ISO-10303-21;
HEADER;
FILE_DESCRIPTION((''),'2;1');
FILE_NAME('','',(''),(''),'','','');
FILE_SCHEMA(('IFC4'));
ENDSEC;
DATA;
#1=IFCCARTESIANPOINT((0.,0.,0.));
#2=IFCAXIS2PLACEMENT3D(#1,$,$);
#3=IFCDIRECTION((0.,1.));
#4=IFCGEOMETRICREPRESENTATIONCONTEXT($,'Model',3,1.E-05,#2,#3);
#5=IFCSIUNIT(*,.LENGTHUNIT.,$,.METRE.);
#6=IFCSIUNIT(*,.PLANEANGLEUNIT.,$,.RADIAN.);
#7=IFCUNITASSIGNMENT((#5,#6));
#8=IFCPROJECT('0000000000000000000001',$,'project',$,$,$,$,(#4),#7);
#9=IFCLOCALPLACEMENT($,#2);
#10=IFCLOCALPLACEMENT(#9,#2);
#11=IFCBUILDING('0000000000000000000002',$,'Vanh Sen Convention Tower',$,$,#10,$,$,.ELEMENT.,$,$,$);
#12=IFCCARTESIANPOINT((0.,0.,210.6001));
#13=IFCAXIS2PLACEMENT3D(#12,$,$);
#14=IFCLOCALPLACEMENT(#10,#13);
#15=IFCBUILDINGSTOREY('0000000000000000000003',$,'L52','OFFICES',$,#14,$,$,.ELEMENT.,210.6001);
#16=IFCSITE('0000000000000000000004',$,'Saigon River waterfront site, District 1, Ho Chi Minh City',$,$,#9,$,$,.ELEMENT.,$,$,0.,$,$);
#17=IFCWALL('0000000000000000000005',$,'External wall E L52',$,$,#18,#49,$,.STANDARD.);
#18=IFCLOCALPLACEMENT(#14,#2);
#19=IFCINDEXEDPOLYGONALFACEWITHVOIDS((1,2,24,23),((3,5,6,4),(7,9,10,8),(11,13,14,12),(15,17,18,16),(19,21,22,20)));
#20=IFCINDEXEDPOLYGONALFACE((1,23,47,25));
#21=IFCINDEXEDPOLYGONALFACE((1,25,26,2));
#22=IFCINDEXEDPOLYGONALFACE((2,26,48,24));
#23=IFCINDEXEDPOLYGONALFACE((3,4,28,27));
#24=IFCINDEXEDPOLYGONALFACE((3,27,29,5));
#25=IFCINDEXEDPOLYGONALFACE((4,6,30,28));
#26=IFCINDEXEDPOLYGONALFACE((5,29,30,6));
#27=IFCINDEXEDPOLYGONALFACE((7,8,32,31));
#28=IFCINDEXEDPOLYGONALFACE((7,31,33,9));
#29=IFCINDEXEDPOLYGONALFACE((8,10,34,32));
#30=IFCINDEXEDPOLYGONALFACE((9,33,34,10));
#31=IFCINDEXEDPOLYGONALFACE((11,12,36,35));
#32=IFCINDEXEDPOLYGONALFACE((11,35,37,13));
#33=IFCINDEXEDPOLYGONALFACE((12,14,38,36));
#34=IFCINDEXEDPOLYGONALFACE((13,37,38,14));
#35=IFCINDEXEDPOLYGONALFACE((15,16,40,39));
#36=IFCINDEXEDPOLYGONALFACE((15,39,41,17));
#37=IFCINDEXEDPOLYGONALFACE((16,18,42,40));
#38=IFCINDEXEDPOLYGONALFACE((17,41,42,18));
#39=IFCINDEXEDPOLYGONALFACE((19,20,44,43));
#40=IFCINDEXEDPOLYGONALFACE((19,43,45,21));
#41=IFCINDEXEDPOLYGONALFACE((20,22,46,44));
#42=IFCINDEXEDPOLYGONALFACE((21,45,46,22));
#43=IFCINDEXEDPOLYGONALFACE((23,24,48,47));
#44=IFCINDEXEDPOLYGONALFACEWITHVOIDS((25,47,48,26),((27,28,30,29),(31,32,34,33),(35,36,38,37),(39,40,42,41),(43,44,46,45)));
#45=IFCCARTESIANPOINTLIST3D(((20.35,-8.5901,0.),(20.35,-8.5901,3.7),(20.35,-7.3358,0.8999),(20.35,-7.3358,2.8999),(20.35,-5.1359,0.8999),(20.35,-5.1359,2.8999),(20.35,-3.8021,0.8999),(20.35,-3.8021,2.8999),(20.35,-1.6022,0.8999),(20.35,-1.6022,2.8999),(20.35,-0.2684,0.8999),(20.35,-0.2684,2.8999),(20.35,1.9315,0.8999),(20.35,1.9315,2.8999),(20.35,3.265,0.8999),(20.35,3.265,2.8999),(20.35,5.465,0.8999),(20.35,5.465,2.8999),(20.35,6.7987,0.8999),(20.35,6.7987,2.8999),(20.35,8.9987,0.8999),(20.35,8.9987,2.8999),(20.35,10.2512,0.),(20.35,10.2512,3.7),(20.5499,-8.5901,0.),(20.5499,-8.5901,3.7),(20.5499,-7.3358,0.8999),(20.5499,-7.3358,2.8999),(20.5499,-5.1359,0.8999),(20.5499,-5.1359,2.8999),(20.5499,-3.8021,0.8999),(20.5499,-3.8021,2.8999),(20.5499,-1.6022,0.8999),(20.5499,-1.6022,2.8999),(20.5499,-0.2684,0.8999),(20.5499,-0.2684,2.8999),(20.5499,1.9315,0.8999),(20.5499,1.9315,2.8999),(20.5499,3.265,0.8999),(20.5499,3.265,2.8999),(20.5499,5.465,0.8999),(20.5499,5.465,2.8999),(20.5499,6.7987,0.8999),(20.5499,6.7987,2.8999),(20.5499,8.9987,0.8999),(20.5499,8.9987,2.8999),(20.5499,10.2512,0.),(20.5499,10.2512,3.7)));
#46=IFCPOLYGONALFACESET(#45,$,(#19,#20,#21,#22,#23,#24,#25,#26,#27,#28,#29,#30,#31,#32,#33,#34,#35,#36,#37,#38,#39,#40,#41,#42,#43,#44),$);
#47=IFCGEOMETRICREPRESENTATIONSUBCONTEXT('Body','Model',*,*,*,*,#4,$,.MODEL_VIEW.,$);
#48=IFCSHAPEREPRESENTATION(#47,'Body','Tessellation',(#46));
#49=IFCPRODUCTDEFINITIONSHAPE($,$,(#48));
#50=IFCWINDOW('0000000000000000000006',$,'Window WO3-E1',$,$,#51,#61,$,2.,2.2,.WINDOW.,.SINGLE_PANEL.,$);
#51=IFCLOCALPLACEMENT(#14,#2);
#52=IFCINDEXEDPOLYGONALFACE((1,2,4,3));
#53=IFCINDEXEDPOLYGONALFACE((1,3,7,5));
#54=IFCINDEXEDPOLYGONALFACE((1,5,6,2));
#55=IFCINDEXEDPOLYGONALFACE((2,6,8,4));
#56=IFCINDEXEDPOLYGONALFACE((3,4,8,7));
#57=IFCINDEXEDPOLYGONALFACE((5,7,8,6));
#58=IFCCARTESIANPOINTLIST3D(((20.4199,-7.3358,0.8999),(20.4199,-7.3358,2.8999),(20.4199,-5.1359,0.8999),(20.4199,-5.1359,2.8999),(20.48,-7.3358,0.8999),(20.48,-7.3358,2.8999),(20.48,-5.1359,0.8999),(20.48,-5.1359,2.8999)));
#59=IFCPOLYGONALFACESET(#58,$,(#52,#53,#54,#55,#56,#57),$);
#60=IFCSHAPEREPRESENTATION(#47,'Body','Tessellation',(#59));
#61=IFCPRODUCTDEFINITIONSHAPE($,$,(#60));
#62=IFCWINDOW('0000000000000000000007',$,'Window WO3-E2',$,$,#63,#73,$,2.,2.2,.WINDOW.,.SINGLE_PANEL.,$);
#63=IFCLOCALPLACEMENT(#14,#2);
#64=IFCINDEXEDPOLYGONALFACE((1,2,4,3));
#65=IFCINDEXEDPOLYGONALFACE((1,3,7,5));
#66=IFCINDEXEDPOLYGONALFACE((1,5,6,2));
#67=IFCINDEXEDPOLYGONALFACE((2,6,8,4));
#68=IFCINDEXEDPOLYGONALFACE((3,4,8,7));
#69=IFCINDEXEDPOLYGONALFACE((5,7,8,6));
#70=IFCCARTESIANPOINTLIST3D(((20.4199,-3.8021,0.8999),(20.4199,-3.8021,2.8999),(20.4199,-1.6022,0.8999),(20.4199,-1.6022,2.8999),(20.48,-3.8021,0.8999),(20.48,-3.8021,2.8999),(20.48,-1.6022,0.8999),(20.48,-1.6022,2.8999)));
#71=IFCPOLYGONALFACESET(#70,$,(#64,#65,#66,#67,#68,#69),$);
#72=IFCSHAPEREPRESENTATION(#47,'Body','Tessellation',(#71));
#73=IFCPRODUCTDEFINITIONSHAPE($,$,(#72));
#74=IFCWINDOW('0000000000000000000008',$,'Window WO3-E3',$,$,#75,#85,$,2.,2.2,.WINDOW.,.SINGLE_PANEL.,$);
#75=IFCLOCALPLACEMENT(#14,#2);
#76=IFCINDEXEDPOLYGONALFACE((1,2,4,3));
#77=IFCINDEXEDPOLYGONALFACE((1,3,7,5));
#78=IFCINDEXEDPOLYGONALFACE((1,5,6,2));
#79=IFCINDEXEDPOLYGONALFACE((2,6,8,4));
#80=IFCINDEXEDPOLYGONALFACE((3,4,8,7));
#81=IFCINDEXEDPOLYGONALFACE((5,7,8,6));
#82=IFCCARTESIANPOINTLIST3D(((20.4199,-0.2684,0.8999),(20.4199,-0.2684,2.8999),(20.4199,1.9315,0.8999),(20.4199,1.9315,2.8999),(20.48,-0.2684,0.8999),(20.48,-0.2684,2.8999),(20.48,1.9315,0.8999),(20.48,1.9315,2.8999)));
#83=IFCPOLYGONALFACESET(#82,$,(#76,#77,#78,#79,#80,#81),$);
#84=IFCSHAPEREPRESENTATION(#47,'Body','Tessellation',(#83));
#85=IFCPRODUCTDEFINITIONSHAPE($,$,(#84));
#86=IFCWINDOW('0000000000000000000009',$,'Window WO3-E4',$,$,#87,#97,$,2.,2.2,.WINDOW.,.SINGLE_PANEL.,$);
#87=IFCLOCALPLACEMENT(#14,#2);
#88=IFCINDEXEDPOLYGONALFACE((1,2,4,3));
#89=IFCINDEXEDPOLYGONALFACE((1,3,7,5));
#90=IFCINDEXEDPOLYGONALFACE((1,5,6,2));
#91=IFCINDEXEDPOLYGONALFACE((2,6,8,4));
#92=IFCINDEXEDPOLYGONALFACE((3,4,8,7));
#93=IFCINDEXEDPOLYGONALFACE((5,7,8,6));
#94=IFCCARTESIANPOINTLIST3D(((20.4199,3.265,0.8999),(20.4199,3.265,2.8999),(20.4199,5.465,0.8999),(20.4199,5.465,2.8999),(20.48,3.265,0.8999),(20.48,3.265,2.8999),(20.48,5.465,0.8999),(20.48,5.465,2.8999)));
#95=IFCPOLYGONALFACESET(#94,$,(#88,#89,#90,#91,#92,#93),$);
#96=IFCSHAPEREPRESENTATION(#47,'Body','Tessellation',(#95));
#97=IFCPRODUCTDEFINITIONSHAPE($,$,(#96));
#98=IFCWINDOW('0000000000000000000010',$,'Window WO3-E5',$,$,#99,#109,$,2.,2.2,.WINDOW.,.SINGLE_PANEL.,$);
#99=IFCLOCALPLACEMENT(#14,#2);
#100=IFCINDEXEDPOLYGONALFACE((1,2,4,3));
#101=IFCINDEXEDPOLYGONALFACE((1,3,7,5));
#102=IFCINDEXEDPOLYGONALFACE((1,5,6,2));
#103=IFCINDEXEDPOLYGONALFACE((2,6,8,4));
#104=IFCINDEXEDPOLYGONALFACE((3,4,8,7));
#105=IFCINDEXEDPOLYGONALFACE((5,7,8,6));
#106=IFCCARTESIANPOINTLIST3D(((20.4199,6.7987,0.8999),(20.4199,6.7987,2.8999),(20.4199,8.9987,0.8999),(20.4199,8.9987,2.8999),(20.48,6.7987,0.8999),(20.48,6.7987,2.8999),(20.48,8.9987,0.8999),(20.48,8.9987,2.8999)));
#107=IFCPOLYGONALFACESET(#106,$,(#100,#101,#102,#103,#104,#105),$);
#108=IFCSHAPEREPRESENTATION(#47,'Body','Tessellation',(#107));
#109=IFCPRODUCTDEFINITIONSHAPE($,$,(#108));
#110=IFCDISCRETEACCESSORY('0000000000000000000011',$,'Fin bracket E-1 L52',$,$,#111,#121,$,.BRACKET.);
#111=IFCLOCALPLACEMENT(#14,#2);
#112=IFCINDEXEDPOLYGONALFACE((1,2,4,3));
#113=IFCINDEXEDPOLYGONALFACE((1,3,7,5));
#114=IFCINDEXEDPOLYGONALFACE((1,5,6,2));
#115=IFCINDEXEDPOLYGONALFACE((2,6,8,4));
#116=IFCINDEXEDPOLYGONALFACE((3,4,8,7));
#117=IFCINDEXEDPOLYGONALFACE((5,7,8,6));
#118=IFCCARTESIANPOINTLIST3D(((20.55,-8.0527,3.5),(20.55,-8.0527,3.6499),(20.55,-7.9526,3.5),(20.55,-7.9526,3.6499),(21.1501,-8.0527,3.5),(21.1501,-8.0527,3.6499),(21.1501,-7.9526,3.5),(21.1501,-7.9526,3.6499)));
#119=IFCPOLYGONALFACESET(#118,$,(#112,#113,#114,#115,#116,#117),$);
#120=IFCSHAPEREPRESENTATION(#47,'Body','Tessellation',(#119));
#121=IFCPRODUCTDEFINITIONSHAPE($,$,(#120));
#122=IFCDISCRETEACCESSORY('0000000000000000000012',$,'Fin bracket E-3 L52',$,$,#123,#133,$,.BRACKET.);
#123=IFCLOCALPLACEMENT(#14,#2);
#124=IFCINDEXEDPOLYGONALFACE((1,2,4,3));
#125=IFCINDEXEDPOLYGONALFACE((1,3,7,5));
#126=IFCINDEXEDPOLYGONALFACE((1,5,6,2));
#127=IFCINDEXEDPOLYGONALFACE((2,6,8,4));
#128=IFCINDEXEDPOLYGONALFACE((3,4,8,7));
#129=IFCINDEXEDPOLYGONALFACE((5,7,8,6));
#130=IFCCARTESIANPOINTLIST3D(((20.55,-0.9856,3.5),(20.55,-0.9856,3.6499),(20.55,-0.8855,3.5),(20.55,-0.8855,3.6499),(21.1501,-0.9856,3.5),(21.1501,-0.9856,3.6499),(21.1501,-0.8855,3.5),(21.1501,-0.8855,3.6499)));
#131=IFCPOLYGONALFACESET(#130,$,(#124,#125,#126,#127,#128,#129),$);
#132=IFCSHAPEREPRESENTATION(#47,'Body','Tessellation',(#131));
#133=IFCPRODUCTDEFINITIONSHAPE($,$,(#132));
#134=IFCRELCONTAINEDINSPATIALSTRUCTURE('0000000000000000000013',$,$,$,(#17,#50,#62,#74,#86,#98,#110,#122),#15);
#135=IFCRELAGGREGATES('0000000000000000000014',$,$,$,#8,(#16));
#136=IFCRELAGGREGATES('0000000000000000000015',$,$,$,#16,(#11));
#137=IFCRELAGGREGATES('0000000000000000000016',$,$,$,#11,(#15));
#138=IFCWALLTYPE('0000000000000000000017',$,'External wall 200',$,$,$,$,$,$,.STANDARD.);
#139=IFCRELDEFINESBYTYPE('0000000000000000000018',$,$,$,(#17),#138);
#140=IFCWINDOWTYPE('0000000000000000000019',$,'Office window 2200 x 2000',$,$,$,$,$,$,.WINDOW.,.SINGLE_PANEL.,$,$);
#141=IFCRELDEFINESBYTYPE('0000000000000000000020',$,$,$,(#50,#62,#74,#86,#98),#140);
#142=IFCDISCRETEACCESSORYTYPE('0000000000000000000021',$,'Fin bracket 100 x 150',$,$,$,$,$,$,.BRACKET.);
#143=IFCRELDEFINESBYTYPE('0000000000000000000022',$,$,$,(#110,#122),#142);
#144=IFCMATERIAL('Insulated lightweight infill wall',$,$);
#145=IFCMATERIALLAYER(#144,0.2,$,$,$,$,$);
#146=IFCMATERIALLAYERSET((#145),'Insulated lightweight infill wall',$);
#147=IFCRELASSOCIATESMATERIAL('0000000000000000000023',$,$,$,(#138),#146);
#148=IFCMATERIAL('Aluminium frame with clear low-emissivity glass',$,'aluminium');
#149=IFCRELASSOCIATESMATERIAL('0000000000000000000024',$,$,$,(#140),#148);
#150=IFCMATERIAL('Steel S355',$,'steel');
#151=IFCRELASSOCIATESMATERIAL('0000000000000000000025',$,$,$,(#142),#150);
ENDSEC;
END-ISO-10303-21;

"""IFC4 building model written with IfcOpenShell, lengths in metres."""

from ifc_helpers import new_model, si_unit, direction, frame, frame_2d, origin, origin_2d, place, context, subcontext, project, spatial, rectangle, extrude, material, layer, layer_set, type_object, element, fill, save


model = new_model("IFC4")

# Units and contexts
model_context = context("Model", 3, precision=1e-05, world=origin(), true_north=direction((0.0, 1.0)))
body_context = subcontext(model_context, "Body", "Model", "MODEL_VIEW")
ifc_project = project(units=[si_unit("LENGTHUNIT", "METRE"), si_unit("PLANEANGLEUNIT", "RADIAN")], contexts=[model_context])

# Site, building, storey
site_placement = place(None, origin())
site = spatial("IfcSite", under=ifc_project, at=site_placement, Name="Saigon River waterfront site, District 1, Ho Chi Minh City", CompositionType="ELEMENT", RefElevation=0.0)
building_placement = place(site_placement, origin())
building = spatial("IfcBuilding", under=site, at=building_placement, Name="Vanh Sen Convention Tower", CompositionType="ELEMENT")
storey_placement = place(building_placement, frame((0.0, 0.0, 210.6001)))
storey = spatial("IfcBuildingStorey", under=building, at=storey_placement, Name="L52", Description="OFFICES", CompositionType="ELEMENT", Elevation=210.6001)

# Wall, openings, windows
ifc_material_1 = material(Name="Insulated lightweight infill wall")
ifc_layer_1 = layer(ifc_material_1, 0.2)
ifc_layer_set_1 = layer_set([ifc_layer_1], Name="Insulated lightweight infill wall")
wall_type_1 = type_object("IfcWallType", Name="External wall 200", PredefinedType="STANDARD", material=ifc_layer_set_1)
wall_1_placement = place(storey_placement, frame((20.45, -8.5901, 0.0), z_axis=(0.0, 0.0, 1.0), x_axis=(0.0, 1.0, 0.0)))
wall_1 = element("IfcWall", 1, at=wall_1_placement, inside=storey, type_object=wall_type_1, Name="External wall E L52", PredefinedType="STANDARD", context=body_context, shape_type="SweptSolid", body=[
    extrude(rectangle(XDim=18.8413, YDim=0.2, at=frame_2d((9.4207, 0.0))), origin(), (0.0, 0.0, 1.0), 3.7),
])
opening_1_placement = place(wall_1_placement, frame((1.2542, 0.0, 0.8999)))
opening_1 = element("IfcOpeningElement", 2, at=opening_1_placement, cuts=wall_1, PredefinedType="OPENING", context=body_context, shape_type="SweptSolid", body=[
    extrude(rectangle(XDim=2.2, YDim=2.0, at=frame_2d((1.1001, 1.0))), frame((0.0, 0.1099, 0.0), z_axis=(0.0, -1.0, 0.0), x_axis=(1.0, 0.0, 0.0)), (0.0, 0.0, 1.0), 0.22),
])
opening_2_placement = place(wall_1_placement, frame((4.7878, 0.0, 0.8999)))
opening_2 = element("IfcOpeningElement", 3, at=opening_2_placement, cuts=wall_1, PredefinedType="OPENING", context=body_context, shape_type="SweptSolid", body=[
    extrude(rectangle(XDim=2.2, YDim=2.0, at=frame_2d((1.1001, 1.0))), frame((0.0, 0.1099, 0.0), z_axis=(0.0, -1.0, 0.0), x_axis=(1.0, 0.0, 0.0)), (0.0, 0.0, 1.0), 0.22),
])
opening_3_placement = place(wall_1_placement, frame((8.3215, 0.0, 0.8999)))
opening_3 = element("IfcOpeningElement", 4, at=opening_3_placement, cuts=wall_1, PredefinedType="OPENING", context=body_context, shape_type="SweptSolid", body=[
    extrude(rectangle(XDim=2.2, YDim=2.0, at=frame_2d((1.1001, 1.0))), frame((0.0, 0.1099, 0.0), z_axis=(0.0, -1.0, 0.0), x_axis=(1.0, 0.0, 0.0)), (0.0, 0.0, 1.0), 0.22),
])
opening_4_placement = place(wall_1_placement, frame((11.855, 0.0, 0.8999)))
opening_4 = element("IfcOpeningElement", 5, at=opening_4_placement, cuts=wall_1, PredefinedType="OPENING", context=body_context, shape_type="SweptSolid", body=[
    extrude(rectangle(XDim=2.2, YDim=2.0, at=frame_2d((1.1001, 1.0))), frame((0.0, 0.1099, 0.0), z_axis=(0.0, -1.0, 0.0), x_axis=(1.0, 0.0, 0.0)), (0.0, 0.0, 1.0), 0.22),
])
opening_5_placement = place(wall_1_placement, frame((15.3887, 0.0, 0.8999)))
opening_5 = element("IfcOpeningElement", 6, at=opening_5_placement, cuts=wall_1, PredefinedType="OPENING", context=body_context, shape_type="SweptSolid", body=[
    extrude(rectangle(XDim=2.2, YDim=2.0, at=frame_2d((1.1001, 1.0))), frame((0.0, 0.1099, 0.0), z_axis=(0.0, -1.0, 0.0), x_axis=(1.0, 0.0, 0.0)), (0.0, 0.0, 1.0), 0.22),
])
ifc_material_2 = material(Name="Aluminium frame with clear low-emissivity glass", Category="aluminium")
window_type = type_object("IfcWindowType", Name="Office window 2200 x 2000", PartitioningType="SINGLE_PANEL", PredefinedType="WINDOW", material=ifc_material_2)
window_1_placement = place(opening_1_placement, origin())
window_1 = element("IfcWindow", 7, at=window_1_placement, inside=storey, type_object=window_type, Name="Window WO3-E1", OverallHeight=2.0, OverallWidth=2.2, PartitioningType="SINGLE_PANEL", PredefinedType="WINDOW", context=body_context, shape_type="SweptSolid", body=[
    extrude(rectangle(XDim=2.2, YDim=2.0, at=frame_2d((1.1001, 1.0))), frame((0.0, 0.03, 0.0), z_axis=(0.0, -1.0, 0.0), x_axis=(1.0, 0.0, 0.0)), (0.0, 0.0, 1.0), 0.0601),
])
fill(opening_1, window_1)
window_2_placement = place(opening_2_placement, origin())
window_2 = element("IfcWindow", 8, at=window_2_placement, inside=storey, type_object=window_type, Name="Window WO3-E2", OverallHeight=2.0, OverallWidth=2.2, PartitioningType="SINGLE_PANEL", PredefinedType="WINDOW", context=body_context, shape_type="SweptSolid", body=[
    extrude(rectangle(XDim=2.2, YDim=2.0, at=frame_2d((1.1001, 1.0))), frame((0.0, 0.03, 0.0), z_axis=(0.0, -1.0, 0.0), x_axis=(1.0, 0.0, 0.0)), (0.0, 0.0, 1.0), 0.0601),
])
fill(opening_2, window_2)
window_3_placement = place(opening_3_placement, origin())
window_3 = element("IfcWindow", 9, at=window_3_placement, inside=storey, type_object=window_type, Name="Window WO3-E3", OverallHeight=2.0, OverallWidth=2.2, PartitioningType="SINGLE_PANEL", PredefinedType="WINDOW", context=body_context, shape_type="SweptSolid", body=[
    extrude(rectangle(XDim=2.2, YDim=2.0, at=frame_2d((1.1001, 1.0))), frame((0.0, 0.03, 0.0), z_axis=(0.0, -1.0, 0.0), x_axis=(1.0, 0.0, 0.0)), (0.0, 0.0, 1.0), 0.0601),
])
fill(opening_3, window_3)
window_4_placement = place(opening_4_placement, origin())
window_4 = element("IfcWindow", 10, at=window_4_placement, inside=storey, type_object=window_type, Name="Window WO3-E4", OverallHeight=2.0, OverallWidth=2.2, PartitioningType="SINGLE_PANEL", PredefinedType="WINDOW", context=body_context, shape_type="SweptSolid", body=[
    extrude(rectangle(XDim=2.2, YDim=2.0, at=frame_2d((1.1001, 1.0))), frame((0.0, 0.03, 0.0), z_axis=(0.0, -1.0, 0.0), x_axis=(1.0, 0.0, 0.0)), (0.0, 0.0, 1.0), 0.0601),
])
fill(opening_4, window_4)
window_5_placement = place(opening_5_placement, origin())
window_5 = element("IfcWindow", 11, at=window_5_placement, inside=storey, type_object=window_type, Name="Window WO3-E5", OverallHeight=2.0, OverallWidth=2.2, PartitioningType="SINGLE_PANEL", PredefinedType="WINDOW", context=body_context, shape_type="SweptSolid", body=[
    extrude(rectangle(XDim=2.2, YDim=2.0, at=frame_2d((1.1001, 1.0))), frame((0.0, 0.03, 0.0), z_axis=(0.0, -1.0, 0.0), x_axis=(1.0, 0.0, 0.0)), (0.0, 0.0, 1.0), 0.0601),
])
fill(opening_5, window_5)

# Discrete accessories
ifc_material_3 = material(Name="Steel S355", Category="steel")
discrete_accessory_type = type_object("IfcDiscreteAccessoryType", Name="Fin bracket 100 x 150", PredefinedType="BRACKET", material=ifc_material_3)
for number, where, z_axis, x_axis, name in (
    (12, (20.8501, -8.0027, 3.5), (0.0, 0.0, 1.0), (1.0, 0.0, 0.0), "Fin bracket E-1 L52"),
    (13, (20.8501, -0.9355, 3.5), (0.0, 0.0, 1.0), (1.0, 0.0, 0.0), "Fin bracket E-3 L52"),
):
    element("IfcDiscreteAccessory", number, at=place(storey_placement, frame(where, z_axis=z_axis, x_axis=x_axis)), inside=storey, type_object=discrete_accessory_type, Name=name, PredefinedType="BRACKET", context=body_context, shape_type="SweptSolid", body=[
        extrude(rectangle(XDim=0.6001, YDim=0.1001, at=origin_2d()), origin(), (0.0, 0.0, 1.0), 0.1499),
    ])

save(model, "model.ifc")
